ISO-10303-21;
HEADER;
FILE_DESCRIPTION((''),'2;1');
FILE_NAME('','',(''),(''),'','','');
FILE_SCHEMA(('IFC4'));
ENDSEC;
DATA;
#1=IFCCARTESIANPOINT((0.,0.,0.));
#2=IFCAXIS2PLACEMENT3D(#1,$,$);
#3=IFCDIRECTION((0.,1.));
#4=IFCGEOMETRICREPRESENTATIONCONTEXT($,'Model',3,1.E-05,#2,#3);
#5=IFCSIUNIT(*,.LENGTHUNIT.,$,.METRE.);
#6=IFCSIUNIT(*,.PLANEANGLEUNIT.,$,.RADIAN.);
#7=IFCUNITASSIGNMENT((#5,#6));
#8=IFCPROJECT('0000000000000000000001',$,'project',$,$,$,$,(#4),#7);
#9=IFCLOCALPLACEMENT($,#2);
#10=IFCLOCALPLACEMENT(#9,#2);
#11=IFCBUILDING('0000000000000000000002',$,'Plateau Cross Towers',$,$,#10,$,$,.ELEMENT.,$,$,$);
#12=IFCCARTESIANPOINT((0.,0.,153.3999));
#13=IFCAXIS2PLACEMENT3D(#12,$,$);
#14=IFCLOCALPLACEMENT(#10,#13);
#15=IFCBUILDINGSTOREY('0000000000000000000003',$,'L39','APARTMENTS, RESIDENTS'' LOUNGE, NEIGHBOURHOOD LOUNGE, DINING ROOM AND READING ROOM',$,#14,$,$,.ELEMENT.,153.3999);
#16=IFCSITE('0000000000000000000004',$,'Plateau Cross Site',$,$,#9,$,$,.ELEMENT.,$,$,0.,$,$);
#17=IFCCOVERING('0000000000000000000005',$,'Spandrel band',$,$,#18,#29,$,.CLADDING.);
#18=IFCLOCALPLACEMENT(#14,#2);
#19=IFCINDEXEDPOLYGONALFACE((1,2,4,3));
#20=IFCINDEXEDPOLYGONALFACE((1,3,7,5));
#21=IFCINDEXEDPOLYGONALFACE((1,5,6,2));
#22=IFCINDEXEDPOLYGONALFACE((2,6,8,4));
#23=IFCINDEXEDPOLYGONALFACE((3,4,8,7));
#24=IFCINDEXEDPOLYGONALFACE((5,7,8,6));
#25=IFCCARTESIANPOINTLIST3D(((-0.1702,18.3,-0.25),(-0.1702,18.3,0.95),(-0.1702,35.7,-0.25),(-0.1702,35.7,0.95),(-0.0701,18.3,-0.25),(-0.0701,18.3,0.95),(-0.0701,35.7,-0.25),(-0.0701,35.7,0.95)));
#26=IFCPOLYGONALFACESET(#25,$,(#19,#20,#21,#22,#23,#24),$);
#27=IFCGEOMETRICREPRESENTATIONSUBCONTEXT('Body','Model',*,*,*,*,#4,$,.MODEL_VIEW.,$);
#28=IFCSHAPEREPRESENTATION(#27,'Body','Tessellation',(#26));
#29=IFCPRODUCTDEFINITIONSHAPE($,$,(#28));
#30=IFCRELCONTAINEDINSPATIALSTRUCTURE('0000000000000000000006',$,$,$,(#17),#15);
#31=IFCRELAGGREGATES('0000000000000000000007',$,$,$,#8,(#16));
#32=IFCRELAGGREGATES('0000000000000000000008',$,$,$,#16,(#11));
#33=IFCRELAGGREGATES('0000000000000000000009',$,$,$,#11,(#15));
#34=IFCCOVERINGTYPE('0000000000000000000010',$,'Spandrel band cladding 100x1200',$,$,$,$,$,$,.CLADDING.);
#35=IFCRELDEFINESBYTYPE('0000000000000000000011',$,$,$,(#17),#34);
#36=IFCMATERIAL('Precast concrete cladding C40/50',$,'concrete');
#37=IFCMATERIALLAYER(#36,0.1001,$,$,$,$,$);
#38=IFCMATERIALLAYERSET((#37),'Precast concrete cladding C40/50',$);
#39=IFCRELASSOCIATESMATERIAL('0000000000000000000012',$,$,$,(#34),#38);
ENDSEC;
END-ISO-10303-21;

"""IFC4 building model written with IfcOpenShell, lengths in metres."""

from ifc_helpers import new_model, si_unit, direction, frame, origin, origin_2d, place, context, subcontext, project, spatial, rectangle, extrude, material, layer, layer_set, type_object, element, save


model = new_model("IFC4")

# Units and contexts
model_context = context("Model", 3, precision=1e-05, world=origin(), true_north=direction((0.0, 1.0)))
body_context = subcontext(model_context, "Body", "Model", "MODEL_VIEW")
ifc_project = project(units=[si_unit("LENGTHUNIT", "METRE"), si_unit("PLANEANGLEUNIT", "RADIAN")], contexts=[model_context])

# Site, building, storey
site_placement = place(None, origin())
site = spatial("IfcSite", under=ifc_project, at=site_placement, Name="Plateau Cross Site", CompositionType="ELEMENT", RefElevation=0.0)
building_placement = place(site_placement, origin())
building = spatial("IfcBuilding", under=site, at=building_placement, Name="Plateau Cross Towers", CompositionType="ELEMENT")
storey_placement = place(building_placement, frame((0.0, 0.0, 153.3999)))
storey = spatial("IfcBuildingStorey", under=building, at=storey_placement, Name="L39", Description="APARTMENTS, RESIDENTS' LOUNGE, NEIGHBOURHOOD LOUNGE, DINING ROOM AND READING ROOM", CompositionType="ELEMENT", Elevation=153.3999)

# Covering
ifc_material_1 = material(Name="Precast concrete cladding C40/50", Category="concrete")
ifc_layer_1 = layer(ifc_material_1, 0.1001)
ifc_layer_set_1 = layer_set([ifc_layer_1], Name="Precast concrete cladding C40/50")
covering_type = type_object("IfcCoveringType", Name="Spandrel band cladding 100x1200", PredefinedType="CLADDING", material=ifc_layer_set_1)
covering_placement = place(storey_placement, frame((-0.1201, 27.0, -0.25), z_axis=(0.0, 0.0, 1.0), x_axis=(0.0, -1.0, 0.0)))
element("IfcCovering", 1, at=covering_placement, inside=storey, type_object=covering_type, Name="Spandrel band", PredefinedType="CLADDING", context=body_context, shape_type="SweptSolid", body=[
    extrude(rectangle(XDim=17.3999, YDim=0.1001, at=origin_2d()), origin(), (0.0, 0.0, 1.0), 1.2),
])

save(model, "model.ifc")
